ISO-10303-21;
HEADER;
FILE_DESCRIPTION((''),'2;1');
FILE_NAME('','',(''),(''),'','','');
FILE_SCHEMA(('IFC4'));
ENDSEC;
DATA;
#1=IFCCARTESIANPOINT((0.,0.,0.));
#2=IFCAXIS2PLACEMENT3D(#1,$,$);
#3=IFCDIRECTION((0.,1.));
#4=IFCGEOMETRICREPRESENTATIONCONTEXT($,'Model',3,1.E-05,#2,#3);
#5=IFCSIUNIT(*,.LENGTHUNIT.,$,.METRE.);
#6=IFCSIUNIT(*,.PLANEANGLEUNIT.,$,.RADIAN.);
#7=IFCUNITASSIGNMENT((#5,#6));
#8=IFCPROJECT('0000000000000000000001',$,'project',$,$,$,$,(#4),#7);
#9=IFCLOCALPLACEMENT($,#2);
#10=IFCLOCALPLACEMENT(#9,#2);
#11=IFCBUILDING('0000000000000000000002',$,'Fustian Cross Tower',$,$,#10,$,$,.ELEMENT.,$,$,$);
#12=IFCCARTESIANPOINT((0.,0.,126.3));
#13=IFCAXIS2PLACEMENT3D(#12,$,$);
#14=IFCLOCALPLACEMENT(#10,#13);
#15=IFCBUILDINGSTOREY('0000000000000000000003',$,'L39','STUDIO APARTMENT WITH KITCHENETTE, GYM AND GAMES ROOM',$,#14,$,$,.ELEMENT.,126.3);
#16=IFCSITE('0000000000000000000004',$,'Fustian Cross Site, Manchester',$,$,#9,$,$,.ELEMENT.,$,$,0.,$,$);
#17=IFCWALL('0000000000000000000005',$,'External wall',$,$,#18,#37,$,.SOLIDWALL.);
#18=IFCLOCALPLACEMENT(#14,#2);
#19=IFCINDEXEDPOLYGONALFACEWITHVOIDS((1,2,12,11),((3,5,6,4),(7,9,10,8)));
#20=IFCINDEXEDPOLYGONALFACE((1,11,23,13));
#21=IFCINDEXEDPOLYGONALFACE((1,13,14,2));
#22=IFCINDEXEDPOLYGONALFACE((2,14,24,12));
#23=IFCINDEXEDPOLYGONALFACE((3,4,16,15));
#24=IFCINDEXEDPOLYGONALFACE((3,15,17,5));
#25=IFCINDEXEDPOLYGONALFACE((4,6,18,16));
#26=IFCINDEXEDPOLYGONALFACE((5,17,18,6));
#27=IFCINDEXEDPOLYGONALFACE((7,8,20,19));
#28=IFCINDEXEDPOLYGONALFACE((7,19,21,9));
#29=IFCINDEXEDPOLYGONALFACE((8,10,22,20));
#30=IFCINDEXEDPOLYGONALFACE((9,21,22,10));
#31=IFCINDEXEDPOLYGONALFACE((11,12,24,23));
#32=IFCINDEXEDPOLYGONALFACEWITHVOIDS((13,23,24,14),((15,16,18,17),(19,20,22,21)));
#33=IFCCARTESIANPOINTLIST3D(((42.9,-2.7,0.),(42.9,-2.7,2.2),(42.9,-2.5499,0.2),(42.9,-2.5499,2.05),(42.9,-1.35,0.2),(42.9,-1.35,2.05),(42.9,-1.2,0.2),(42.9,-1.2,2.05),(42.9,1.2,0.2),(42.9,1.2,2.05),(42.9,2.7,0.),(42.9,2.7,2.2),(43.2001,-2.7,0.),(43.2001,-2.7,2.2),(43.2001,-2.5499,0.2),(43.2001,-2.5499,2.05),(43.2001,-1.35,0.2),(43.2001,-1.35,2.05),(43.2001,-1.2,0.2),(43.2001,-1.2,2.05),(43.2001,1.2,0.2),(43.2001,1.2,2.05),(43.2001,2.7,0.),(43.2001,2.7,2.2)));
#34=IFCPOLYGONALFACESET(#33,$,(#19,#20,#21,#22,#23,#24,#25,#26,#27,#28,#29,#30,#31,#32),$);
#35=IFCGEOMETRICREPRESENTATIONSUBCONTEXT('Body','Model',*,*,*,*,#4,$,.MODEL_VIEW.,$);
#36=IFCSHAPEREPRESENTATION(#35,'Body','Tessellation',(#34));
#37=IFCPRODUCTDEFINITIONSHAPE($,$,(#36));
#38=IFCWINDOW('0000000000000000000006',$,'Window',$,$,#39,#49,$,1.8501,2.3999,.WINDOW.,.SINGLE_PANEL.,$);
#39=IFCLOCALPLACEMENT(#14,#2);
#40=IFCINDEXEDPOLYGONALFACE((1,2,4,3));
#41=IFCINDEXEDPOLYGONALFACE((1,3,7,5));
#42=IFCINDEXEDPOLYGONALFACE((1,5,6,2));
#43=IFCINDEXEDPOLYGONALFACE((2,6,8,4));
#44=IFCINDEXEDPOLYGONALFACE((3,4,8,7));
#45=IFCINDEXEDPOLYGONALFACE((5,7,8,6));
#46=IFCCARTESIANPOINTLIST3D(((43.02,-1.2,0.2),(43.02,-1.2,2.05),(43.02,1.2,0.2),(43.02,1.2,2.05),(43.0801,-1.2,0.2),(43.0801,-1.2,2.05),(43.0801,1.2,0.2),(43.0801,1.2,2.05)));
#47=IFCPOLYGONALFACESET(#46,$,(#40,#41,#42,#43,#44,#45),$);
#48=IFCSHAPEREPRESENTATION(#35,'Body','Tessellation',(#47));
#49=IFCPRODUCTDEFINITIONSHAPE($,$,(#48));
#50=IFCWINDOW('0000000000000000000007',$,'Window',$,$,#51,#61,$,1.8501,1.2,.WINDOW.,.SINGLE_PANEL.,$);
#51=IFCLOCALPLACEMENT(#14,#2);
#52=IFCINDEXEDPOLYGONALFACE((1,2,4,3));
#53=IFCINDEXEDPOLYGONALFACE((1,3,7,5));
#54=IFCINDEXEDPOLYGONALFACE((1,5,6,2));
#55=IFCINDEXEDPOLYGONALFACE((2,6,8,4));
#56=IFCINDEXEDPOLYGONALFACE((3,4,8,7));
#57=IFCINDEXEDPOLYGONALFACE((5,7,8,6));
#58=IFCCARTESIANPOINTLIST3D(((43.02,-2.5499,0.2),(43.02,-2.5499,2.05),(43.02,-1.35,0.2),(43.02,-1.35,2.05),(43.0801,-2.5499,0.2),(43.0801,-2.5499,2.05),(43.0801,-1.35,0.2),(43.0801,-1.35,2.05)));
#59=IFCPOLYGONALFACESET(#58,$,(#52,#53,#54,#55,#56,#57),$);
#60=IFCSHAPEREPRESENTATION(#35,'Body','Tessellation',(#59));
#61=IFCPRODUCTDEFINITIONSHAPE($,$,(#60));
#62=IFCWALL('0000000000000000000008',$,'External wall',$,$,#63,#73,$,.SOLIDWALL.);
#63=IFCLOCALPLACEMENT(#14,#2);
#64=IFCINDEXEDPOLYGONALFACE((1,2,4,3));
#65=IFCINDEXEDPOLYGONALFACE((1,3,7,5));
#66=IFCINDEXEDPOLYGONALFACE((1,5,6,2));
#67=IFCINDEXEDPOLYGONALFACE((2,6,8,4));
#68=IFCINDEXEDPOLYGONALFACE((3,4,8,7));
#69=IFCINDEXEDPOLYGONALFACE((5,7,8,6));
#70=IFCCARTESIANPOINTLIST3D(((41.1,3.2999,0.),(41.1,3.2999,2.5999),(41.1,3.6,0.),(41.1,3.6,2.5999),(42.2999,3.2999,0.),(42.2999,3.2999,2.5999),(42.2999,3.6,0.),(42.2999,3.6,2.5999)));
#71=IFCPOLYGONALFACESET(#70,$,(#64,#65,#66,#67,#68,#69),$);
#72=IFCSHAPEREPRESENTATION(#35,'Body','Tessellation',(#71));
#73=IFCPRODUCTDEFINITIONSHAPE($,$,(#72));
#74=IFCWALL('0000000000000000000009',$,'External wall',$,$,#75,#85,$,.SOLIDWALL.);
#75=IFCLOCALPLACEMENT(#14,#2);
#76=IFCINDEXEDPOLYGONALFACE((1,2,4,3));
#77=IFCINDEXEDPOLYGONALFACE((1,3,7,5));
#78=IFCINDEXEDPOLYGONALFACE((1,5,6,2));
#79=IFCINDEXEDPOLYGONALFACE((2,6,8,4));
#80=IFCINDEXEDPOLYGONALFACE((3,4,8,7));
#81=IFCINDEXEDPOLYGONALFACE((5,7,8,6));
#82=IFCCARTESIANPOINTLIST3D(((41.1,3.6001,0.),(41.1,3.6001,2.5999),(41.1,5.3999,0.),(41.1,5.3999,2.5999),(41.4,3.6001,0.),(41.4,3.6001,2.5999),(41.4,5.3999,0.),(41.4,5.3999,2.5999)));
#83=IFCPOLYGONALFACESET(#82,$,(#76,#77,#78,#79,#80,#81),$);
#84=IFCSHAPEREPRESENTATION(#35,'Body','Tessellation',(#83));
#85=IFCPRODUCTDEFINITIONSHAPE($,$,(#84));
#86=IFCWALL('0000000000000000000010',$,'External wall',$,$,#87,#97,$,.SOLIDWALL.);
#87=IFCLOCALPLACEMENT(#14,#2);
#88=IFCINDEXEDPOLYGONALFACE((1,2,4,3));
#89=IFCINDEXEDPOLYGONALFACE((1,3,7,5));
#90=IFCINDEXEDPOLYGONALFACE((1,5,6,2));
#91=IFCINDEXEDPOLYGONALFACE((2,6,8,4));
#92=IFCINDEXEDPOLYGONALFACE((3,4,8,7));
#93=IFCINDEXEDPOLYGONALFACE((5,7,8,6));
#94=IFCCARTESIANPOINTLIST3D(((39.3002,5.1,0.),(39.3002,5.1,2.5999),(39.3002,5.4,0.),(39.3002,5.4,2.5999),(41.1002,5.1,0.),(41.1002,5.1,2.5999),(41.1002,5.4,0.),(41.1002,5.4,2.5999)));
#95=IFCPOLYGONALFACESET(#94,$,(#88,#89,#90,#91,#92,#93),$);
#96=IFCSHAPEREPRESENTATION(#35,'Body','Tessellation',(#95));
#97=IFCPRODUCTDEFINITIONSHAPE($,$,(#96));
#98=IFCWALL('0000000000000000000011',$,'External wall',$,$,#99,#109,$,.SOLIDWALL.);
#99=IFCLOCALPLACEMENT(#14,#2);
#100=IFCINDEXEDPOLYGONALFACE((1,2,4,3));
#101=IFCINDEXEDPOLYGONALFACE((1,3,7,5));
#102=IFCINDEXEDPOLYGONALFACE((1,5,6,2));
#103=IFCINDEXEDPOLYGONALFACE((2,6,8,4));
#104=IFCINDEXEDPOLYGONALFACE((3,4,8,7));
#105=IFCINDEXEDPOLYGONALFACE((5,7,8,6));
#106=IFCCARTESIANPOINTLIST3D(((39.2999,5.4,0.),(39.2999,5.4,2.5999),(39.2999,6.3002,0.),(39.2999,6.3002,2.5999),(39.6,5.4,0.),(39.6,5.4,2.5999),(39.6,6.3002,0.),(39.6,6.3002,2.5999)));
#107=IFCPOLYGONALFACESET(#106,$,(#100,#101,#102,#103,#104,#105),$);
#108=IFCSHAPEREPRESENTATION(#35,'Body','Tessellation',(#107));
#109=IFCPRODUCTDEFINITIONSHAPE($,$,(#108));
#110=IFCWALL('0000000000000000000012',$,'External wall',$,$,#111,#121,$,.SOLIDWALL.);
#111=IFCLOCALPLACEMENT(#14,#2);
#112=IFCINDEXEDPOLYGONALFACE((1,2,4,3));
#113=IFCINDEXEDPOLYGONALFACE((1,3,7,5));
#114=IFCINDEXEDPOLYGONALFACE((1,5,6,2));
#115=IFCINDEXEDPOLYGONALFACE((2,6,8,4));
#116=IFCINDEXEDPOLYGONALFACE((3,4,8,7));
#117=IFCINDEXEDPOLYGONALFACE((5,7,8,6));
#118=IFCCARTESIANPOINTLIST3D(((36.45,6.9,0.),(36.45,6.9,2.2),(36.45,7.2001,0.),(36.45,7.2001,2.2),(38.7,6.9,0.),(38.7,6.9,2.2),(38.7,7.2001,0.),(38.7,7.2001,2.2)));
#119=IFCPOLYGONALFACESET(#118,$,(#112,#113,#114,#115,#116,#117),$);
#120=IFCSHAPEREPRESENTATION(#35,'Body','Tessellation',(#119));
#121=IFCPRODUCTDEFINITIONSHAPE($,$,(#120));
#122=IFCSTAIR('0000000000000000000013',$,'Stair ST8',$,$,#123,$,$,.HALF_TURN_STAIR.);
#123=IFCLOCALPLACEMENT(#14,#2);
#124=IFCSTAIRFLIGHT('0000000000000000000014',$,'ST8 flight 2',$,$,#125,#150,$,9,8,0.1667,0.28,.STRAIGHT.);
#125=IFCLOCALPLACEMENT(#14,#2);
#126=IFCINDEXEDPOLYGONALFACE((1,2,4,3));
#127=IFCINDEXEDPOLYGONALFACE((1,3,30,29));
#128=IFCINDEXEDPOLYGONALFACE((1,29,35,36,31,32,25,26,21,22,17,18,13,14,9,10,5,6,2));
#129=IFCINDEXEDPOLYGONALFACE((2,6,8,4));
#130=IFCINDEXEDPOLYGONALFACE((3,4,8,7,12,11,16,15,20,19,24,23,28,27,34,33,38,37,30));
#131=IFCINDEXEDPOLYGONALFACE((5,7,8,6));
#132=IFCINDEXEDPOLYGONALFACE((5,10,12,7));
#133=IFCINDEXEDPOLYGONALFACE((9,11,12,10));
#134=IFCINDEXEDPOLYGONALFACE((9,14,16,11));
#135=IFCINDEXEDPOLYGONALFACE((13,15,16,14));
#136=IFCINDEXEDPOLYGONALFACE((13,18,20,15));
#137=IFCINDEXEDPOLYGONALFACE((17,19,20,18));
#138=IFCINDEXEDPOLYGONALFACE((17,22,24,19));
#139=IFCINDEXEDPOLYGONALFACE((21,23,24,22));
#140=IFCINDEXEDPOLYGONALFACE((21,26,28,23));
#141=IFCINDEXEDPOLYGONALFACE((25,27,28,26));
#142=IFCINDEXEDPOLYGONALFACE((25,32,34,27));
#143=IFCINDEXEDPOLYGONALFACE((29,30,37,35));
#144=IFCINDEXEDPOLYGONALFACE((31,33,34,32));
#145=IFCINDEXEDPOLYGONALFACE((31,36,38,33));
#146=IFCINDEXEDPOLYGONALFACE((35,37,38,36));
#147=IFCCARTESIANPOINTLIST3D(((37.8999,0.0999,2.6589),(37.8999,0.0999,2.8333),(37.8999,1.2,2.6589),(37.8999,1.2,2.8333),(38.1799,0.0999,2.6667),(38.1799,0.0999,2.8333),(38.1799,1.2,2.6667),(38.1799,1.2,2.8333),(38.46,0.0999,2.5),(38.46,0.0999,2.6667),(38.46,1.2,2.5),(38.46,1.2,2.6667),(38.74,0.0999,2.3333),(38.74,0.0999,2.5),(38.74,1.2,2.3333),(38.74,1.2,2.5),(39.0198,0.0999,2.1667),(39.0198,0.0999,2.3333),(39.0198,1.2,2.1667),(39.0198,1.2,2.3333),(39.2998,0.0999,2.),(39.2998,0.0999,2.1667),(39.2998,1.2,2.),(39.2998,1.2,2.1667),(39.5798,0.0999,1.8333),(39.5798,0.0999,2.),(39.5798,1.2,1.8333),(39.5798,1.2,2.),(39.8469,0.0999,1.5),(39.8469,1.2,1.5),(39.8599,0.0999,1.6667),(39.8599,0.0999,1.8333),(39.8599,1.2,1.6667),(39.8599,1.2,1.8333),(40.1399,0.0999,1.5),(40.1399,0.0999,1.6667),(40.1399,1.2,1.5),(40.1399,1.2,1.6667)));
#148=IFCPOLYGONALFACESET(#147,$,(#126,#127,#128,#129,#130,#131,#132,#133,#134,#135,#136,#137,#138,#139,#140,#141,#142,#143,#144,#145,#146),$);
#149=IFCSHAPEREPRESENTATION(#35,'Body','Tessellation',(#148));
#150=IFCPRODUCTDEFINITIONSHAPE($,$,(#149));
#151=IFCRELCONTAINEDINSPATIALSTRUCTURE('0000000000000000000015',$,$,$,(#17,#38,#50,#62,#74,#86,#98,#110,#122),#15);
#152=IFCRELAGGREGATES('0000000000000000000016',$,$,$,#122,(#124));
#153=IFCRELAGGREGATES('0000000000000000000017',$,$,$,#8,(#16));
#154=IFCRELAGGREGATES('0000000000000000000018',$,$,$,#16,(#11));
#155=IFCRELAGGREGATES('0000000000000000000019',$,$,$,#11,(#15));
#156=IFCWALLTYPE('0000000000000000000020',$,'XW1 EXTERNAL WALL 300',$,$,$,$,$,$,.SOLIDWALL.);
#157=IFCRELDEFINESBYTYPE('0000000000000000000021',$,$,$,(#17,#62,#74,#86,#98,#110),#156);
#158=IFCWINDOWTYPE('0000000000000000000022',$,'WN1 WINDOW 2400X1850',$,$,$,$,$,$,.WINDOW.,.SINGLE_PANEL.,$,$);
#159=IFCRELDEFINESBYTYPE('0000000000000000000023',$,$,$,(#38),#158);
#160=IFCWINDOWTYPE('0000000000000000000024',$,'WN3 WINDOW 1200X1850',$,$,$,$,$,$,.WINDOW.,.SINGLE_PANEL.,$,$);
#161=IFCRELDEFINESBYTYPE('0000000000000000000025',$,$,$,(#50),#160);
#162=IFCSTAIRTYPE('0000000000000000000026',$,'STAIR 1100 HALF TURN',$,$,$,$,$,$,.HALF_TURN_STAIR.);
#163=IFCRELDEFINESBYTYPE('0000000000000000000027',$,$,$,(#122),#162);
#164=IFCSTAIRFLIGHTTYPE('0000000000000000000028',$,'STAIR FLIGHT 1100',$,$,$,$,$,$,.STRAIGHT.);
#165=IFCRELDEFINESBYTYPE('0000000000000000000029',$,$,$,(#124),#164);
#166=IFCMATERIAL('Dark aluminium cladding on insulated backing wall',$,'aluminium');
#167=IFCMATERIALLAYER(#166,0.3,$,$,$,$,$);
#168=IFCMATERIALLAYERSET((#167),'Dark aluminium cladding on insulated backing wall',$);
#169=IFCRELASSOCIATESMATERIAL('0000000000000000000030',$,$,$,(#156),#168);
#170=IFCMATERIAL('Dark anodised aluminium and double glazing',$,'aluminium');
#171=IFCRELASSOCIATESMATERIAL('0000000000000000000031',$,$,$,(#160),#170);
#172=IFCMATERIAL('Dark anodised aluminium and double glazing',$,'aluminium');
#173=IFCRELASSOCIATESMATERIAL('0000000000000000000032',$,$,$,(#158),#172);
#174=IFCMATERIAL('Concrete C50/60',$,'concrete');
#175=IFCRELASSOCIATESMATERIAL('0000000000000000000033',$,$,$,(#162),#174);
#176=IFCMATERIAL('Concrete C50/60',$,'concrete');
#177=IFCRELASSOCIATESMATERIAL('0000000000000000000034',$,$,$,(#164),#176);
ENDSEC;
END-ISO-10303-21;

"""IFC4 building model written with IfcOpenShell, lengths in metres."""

from ifc_helpers import new_model, si_unit, direction, frame, frame_2d, origin, place, context, subcontext, project, spatial, polyline, rectangle, outline, extrude, material, layer, layer_set, type_object, element, fill, aggregate, save


model = new_model("IFC4")

# Units and contexts
model_context = context("Model", 3, precision=1e-05, world=origin(), true_north=direction((0.0, 1.0)))
body_context = subcontext(model_context, "Body", "Model", "MODEL_VIEW")
ifc_project = project(units=[si_unit("LENGTHUNIT", "METRE"), si_unit("PLANEANGLEUNIT", "RADIAN")], contexts=[model_context])

# Site, building, storey
site_placement = place(None, origin())
site = spatial("IfcSite", under=ifc_project, at=site_placement, Name="Fustian Cross Site, Manchester", CompositionType="ELEMENT", RefElevation=0.0)
building_placement = place(site_placement, origin())
building = spatial("IfcBuilding", under=site, at=building_placement, Name="Fustian Cross Tower", CompositionType="ELEMENT")
storey_placement = place(building_placement, frame((0.0, 0.0, 126.3)))
storey = spatial("IfcBuildingStorey", under=building, at=storey_placement, Name="L39", Description="STUDIO APARTMENT WITH KITCHENETTE, GYM AND GAMES ROOM", CompositionType="ELEMENT", Elevation=126.3)

# Shared definitions
ifc_material_1 = material(Name="Dark aluminium cladding on insulated backing wall", Category="aluminium")
ifc_layer_1 = layer(ifc_material_1, 0.3)
ifc_layer_set_1 = layer_set([ifc_layer_1], Name="Dark aluminium cladding on insulated backing wall")
wall_type_1 = type_object("IfcWallType", Name="XW1 EXTERNAL WALL 300", PredefinedType="SOLIDWALL", material=ifc_layer_set_1)

# Shared definitions
ifc_material_2 = material(Name="Dark anodised aluminium and double glazing", Category="aluminium")
window_type_1 = type_object("IfcWindowType", Name="WN3 WINDOW 1200X1850", PartitioningType="SINGLE_PANEL", PredefinedType="WINDOW", material=ifc_material_2)

# Wall, openings, windows
wall_1_placement = place(storey_placement, frame((43.05, -2.7, 0.0), z_axis=(0.0, 0.0, 1.0), x_axis=(0.0, 1.0, 0.0)))
wall_1 = element("IfcWall", 1, at=wall_1_placement, inside=storey, type_object=wall_type_1, Name="External wall", PredefinedType="SOLIDWALL", context=body_context, shape_type="SweptSolid", body=[
    extrude(rectangle(XDim=5.3999, YDim=0.3, at=frame_2d((2.7, 0.0))), origin(), (0.0, 0.0, 1.0), 2.2),
])
opening_1_placement = place(wall_1_placement, frame((1.5, 0.0, 0.2)))
opening_1 = element("IfcOpeningElement", 2, at=opening_1_placement, cuts=wall_1, PredefinedType="OPENING", context=body_context, shape_type="SweptSolid", body=[
    extrude(rectangle(XDim=2.3999, YDim=1.8501, at=frame_2d((1.2, 0.925))), frame((0.0, 0.1599, 0.0), z_axis=(0.0, -1.0, 0.0), x_axis=(1.0, 0.0, 0.0)), (0.0, 0.0, 1.0), 0.3201),
])
opening_2_placement = place(wall_1_placement, frame((0.1499, 0.0, 0.2)))
opening_2 = element("IfcOpeningElement", 3, at=opening_2_placement, cuts=wall_1, PredefinedType="OPENING", context=body_context, shape_type="SweptSolid", body=[
    extrude(rectangle(XDim=1.2, YDim=1.8501, at=frame_2d((0.6001, 0.925))), frame((0.0, 0.1599, 0.0), z_axis=(0.0, -1.0, 0.0), x_axis=(1.0, 0.0, 0.0)), (0.0, 0.0, 1.0), 0.3201),
])
ifc_material_3 = material(Name="Dark anodised aluminium and double glazing", Category="aluminium")
window_type_2 = type_object("IfcWindowType", Name="WN1 WINDOW 2400X1850", PartitioningType="SINGLE_PANEL", PredefinedType="WINDOW", material=ifc_material_3)
window_1_placement = place(opening_1_placement, origin())
window_1 = element("IfcWindow", 4, at=window_1_placement, inside=storey, type_object=window_type_2, Name="Window", OverallHeight=1.8501, OverallWidth=2.3999, PartitioningType="SINGLE_PANEL", PredefinedType="WINDOW", context=body_context, shape_type="SweptSolid", body=[
    extrude(rectangle(XDim=2.3999, YDim=1.8501, at=frame_2d((1.2, 0.925))), frame((0.0, 0.03, 0.0), z_axis=(0.0, -1.0, 0.0), x_axis=(1.0, 0.0, 0.0)), (0.0, 0.0, 1.0), 0.0601),
])
fill(opening_1, window_1)
window_2_placement = place(opening_2_placement, origin())
window_2 = element("IfcWindow", 5, at=window_2_placement, inside=storey, type_object=window_type_1, Name="Window", OverallHeight=1.8501, OverallWidth=1.2, PartitioningType="SINGLE_PANEL", PredefinedType="WINDOW", context=body_context, shape_type="SweptSolid", body=[
    extrude(rectangle(XDim=1.2, YDim=1.8501, at=frame_2d((0.6001, 0.925))), frame((0.0, 0.03, 0.0), z_axis=(0.0, -1.0, 0.0), x_axis=(1.0, 0.0, 0.0)), (0.0, 0.0, 1.0), 0.0601),
])
fill(opening_2, window_2)

# Walls
wall_2_placement = place(storey_placement, frame((42.3, 3.45, 0.0), z_axis=(0.0, 0.0, 1.0), x_axis=(-1.0, 0.0, 0.0)))
element("IfcWall", 6, at=wall_2_placement, inside=storey, type_object=wall_type_1, Name="External wall", PredefinedType="SOLIDWALL", context=body_context, shape_type="SweptSolid", body=[
    extrude(rectangle(XDim=1.2, YDim=0.3, at=frame_2d((0.6001, 0.0))), origin(), (0.0, 0.0, 1.0), 2.5999),
])
wall_3_placement = place(storey_placement, frame((41.25, 3.6001, 0.0), z_axis=(0.0, 0.0, 1.0), x_axis=(0.0, 1.0, 0.0)))
element("IfcWall", 7, at=wall_3_placement, inside=storey, type_object=wall_type_1, Name="External wall", PredefinedType="SOLIDWALL", context=body_context, shape_type="SweptSolid", body=[
    extrude(rectangle(XDim=1.7998, YDim=0.3, at=frame_2d((0.8999, 0.0))), origin(), (0.0, 0.0, 1.0), 2.5999),
])
wall_4_placement = place(storey_placement, frame((41.1001, 5.25, 0.0), z_axis=(0.0, 0.0, 1.0), x_axis=(-1.0, 0.0, 0.0)))
element("IfcWall", 8, at=wall_4_placement, inside=storey, type_object=wall_type_1, Name="External wall", PredefinedType="SOLIDWALL", context=body_context, shape_type="SweptSolid", body=[
    extrude(rectangle(XDim=1.8, YDim=0.3, at=frame_2d((0.8999, 0.0))), origin(), (0.0, 0.0, 1.0), 2.5999),
])
wall_5_placement = place(storey_placement, frame((39.45, 5.3999, 0.0), z_axis=(0.0, 0.0, 1.0), x_axis=(0.0, 1.0, 0.0)))
element("IfcWall", 9, at=wall_5_placement, inside=storey, type_object=wall_type_1, Name="External wall", PredefinedType="SOLIDWALL", context=body_context, shape_type="SweptSolid", body=[
    extrude(rectangle(XDim=0.9001, YDim=0.3, at=frame_2d((0.4502, 0.0))), origin(), (0.0, 0.0, 1.0), 2.5999),
])
wall_6_placement = place(storey_placement, frame((38.7, 7.05, 0.0), z_axis=(0.0, 0.0, 1.0), x_axis=(-1.0, 0.0, 0.0)))
element("IfcWall", 10, at=wall_6_placement, inside=storey, type_object=wall_type_1, Name="External wall", PredefinedType="SOLIDWALL", context=body_context, shape_type="SweptSolid", body=[
    extrude(rectangle(XDim=2.25, YDim=0.3, at=frame_2d((1.125, 0.0))), origin(), (0.0, 0.0, 1.0), 2.2),
])

# Stair, stair flight
ifc_material_4 = material(Name="Concrete C50/60", Category="concrete")
stair_type = type_object("IfcStairType", Name="STAIR 1100 HALF TURN", PredefinedType="HALF_TURN_STAIR", material=ifc_material_4)
stair_placement = place(storey_placement, origin())
stair = element("IfcStair", 11, at=stair_placement, inside=storey, type_object=stair_type, Name="Stair ST8", PredefinedType="HALF_TURN_STAIR")
ifc_material_5 = material(Name="Concrete C50/60", Category="concrete")
stair_flight_type = type_object("IfcStairFlightType", Name="STAIR FLIGHT 1100", PredefinedType="STRAIGHT", material=ifc_material_5)
stair_flight_placement = place(storey_placement, frame((40.1399, 0.6499, 1.5), z_axis=(0.0, 0.0, 1.0), x_axis=(-1.0, 0.0, 0.0)))
stair_flight = element("IfcStairFlight", 12, at=stair_flight_placement, type_object=stair_flight_type, Name="ST8 flight 2", NumberOfRisers=9, NumberOfTreads=8, PredefinedType="STRAIGHT", RiserHeight=0.1667, TreadLength=0.28, context=body_context, shape_type="SweptSolid", body=[
    extrude(outline(polyline([(0.0, 0.0), (0.0, 0.1667), (0.28, 0.1667), (0.28, 0.3333), (0.5601, 0.3333), (0.5601, 0.5), (0.8401, 0.5), (0.8401, 0.6667), (1.1201, 0.6667), (1.1201, 0.8333), (1.3999, 0.8333), (1.3999, 1.0), (1.6799, 1.0), (1.6799, 1.1667), (1.96, 1.1667), (1.96, 1.3333), (2.24, 1.3333), (2.24, 1.5), (2.24, 1.1589), (0.293, 0.0), (0.0, 0.0)])), frame((0.0, 0.55, 0.0), z_axis=(0.0, -1.0, 0.0), x_axis=(1.0, 0.0, 0.0)), (0.0, 0.0, 1.0), 1.1001),
])
aggregate(stair, [stair_flight])

save(model, "model.ifc")
